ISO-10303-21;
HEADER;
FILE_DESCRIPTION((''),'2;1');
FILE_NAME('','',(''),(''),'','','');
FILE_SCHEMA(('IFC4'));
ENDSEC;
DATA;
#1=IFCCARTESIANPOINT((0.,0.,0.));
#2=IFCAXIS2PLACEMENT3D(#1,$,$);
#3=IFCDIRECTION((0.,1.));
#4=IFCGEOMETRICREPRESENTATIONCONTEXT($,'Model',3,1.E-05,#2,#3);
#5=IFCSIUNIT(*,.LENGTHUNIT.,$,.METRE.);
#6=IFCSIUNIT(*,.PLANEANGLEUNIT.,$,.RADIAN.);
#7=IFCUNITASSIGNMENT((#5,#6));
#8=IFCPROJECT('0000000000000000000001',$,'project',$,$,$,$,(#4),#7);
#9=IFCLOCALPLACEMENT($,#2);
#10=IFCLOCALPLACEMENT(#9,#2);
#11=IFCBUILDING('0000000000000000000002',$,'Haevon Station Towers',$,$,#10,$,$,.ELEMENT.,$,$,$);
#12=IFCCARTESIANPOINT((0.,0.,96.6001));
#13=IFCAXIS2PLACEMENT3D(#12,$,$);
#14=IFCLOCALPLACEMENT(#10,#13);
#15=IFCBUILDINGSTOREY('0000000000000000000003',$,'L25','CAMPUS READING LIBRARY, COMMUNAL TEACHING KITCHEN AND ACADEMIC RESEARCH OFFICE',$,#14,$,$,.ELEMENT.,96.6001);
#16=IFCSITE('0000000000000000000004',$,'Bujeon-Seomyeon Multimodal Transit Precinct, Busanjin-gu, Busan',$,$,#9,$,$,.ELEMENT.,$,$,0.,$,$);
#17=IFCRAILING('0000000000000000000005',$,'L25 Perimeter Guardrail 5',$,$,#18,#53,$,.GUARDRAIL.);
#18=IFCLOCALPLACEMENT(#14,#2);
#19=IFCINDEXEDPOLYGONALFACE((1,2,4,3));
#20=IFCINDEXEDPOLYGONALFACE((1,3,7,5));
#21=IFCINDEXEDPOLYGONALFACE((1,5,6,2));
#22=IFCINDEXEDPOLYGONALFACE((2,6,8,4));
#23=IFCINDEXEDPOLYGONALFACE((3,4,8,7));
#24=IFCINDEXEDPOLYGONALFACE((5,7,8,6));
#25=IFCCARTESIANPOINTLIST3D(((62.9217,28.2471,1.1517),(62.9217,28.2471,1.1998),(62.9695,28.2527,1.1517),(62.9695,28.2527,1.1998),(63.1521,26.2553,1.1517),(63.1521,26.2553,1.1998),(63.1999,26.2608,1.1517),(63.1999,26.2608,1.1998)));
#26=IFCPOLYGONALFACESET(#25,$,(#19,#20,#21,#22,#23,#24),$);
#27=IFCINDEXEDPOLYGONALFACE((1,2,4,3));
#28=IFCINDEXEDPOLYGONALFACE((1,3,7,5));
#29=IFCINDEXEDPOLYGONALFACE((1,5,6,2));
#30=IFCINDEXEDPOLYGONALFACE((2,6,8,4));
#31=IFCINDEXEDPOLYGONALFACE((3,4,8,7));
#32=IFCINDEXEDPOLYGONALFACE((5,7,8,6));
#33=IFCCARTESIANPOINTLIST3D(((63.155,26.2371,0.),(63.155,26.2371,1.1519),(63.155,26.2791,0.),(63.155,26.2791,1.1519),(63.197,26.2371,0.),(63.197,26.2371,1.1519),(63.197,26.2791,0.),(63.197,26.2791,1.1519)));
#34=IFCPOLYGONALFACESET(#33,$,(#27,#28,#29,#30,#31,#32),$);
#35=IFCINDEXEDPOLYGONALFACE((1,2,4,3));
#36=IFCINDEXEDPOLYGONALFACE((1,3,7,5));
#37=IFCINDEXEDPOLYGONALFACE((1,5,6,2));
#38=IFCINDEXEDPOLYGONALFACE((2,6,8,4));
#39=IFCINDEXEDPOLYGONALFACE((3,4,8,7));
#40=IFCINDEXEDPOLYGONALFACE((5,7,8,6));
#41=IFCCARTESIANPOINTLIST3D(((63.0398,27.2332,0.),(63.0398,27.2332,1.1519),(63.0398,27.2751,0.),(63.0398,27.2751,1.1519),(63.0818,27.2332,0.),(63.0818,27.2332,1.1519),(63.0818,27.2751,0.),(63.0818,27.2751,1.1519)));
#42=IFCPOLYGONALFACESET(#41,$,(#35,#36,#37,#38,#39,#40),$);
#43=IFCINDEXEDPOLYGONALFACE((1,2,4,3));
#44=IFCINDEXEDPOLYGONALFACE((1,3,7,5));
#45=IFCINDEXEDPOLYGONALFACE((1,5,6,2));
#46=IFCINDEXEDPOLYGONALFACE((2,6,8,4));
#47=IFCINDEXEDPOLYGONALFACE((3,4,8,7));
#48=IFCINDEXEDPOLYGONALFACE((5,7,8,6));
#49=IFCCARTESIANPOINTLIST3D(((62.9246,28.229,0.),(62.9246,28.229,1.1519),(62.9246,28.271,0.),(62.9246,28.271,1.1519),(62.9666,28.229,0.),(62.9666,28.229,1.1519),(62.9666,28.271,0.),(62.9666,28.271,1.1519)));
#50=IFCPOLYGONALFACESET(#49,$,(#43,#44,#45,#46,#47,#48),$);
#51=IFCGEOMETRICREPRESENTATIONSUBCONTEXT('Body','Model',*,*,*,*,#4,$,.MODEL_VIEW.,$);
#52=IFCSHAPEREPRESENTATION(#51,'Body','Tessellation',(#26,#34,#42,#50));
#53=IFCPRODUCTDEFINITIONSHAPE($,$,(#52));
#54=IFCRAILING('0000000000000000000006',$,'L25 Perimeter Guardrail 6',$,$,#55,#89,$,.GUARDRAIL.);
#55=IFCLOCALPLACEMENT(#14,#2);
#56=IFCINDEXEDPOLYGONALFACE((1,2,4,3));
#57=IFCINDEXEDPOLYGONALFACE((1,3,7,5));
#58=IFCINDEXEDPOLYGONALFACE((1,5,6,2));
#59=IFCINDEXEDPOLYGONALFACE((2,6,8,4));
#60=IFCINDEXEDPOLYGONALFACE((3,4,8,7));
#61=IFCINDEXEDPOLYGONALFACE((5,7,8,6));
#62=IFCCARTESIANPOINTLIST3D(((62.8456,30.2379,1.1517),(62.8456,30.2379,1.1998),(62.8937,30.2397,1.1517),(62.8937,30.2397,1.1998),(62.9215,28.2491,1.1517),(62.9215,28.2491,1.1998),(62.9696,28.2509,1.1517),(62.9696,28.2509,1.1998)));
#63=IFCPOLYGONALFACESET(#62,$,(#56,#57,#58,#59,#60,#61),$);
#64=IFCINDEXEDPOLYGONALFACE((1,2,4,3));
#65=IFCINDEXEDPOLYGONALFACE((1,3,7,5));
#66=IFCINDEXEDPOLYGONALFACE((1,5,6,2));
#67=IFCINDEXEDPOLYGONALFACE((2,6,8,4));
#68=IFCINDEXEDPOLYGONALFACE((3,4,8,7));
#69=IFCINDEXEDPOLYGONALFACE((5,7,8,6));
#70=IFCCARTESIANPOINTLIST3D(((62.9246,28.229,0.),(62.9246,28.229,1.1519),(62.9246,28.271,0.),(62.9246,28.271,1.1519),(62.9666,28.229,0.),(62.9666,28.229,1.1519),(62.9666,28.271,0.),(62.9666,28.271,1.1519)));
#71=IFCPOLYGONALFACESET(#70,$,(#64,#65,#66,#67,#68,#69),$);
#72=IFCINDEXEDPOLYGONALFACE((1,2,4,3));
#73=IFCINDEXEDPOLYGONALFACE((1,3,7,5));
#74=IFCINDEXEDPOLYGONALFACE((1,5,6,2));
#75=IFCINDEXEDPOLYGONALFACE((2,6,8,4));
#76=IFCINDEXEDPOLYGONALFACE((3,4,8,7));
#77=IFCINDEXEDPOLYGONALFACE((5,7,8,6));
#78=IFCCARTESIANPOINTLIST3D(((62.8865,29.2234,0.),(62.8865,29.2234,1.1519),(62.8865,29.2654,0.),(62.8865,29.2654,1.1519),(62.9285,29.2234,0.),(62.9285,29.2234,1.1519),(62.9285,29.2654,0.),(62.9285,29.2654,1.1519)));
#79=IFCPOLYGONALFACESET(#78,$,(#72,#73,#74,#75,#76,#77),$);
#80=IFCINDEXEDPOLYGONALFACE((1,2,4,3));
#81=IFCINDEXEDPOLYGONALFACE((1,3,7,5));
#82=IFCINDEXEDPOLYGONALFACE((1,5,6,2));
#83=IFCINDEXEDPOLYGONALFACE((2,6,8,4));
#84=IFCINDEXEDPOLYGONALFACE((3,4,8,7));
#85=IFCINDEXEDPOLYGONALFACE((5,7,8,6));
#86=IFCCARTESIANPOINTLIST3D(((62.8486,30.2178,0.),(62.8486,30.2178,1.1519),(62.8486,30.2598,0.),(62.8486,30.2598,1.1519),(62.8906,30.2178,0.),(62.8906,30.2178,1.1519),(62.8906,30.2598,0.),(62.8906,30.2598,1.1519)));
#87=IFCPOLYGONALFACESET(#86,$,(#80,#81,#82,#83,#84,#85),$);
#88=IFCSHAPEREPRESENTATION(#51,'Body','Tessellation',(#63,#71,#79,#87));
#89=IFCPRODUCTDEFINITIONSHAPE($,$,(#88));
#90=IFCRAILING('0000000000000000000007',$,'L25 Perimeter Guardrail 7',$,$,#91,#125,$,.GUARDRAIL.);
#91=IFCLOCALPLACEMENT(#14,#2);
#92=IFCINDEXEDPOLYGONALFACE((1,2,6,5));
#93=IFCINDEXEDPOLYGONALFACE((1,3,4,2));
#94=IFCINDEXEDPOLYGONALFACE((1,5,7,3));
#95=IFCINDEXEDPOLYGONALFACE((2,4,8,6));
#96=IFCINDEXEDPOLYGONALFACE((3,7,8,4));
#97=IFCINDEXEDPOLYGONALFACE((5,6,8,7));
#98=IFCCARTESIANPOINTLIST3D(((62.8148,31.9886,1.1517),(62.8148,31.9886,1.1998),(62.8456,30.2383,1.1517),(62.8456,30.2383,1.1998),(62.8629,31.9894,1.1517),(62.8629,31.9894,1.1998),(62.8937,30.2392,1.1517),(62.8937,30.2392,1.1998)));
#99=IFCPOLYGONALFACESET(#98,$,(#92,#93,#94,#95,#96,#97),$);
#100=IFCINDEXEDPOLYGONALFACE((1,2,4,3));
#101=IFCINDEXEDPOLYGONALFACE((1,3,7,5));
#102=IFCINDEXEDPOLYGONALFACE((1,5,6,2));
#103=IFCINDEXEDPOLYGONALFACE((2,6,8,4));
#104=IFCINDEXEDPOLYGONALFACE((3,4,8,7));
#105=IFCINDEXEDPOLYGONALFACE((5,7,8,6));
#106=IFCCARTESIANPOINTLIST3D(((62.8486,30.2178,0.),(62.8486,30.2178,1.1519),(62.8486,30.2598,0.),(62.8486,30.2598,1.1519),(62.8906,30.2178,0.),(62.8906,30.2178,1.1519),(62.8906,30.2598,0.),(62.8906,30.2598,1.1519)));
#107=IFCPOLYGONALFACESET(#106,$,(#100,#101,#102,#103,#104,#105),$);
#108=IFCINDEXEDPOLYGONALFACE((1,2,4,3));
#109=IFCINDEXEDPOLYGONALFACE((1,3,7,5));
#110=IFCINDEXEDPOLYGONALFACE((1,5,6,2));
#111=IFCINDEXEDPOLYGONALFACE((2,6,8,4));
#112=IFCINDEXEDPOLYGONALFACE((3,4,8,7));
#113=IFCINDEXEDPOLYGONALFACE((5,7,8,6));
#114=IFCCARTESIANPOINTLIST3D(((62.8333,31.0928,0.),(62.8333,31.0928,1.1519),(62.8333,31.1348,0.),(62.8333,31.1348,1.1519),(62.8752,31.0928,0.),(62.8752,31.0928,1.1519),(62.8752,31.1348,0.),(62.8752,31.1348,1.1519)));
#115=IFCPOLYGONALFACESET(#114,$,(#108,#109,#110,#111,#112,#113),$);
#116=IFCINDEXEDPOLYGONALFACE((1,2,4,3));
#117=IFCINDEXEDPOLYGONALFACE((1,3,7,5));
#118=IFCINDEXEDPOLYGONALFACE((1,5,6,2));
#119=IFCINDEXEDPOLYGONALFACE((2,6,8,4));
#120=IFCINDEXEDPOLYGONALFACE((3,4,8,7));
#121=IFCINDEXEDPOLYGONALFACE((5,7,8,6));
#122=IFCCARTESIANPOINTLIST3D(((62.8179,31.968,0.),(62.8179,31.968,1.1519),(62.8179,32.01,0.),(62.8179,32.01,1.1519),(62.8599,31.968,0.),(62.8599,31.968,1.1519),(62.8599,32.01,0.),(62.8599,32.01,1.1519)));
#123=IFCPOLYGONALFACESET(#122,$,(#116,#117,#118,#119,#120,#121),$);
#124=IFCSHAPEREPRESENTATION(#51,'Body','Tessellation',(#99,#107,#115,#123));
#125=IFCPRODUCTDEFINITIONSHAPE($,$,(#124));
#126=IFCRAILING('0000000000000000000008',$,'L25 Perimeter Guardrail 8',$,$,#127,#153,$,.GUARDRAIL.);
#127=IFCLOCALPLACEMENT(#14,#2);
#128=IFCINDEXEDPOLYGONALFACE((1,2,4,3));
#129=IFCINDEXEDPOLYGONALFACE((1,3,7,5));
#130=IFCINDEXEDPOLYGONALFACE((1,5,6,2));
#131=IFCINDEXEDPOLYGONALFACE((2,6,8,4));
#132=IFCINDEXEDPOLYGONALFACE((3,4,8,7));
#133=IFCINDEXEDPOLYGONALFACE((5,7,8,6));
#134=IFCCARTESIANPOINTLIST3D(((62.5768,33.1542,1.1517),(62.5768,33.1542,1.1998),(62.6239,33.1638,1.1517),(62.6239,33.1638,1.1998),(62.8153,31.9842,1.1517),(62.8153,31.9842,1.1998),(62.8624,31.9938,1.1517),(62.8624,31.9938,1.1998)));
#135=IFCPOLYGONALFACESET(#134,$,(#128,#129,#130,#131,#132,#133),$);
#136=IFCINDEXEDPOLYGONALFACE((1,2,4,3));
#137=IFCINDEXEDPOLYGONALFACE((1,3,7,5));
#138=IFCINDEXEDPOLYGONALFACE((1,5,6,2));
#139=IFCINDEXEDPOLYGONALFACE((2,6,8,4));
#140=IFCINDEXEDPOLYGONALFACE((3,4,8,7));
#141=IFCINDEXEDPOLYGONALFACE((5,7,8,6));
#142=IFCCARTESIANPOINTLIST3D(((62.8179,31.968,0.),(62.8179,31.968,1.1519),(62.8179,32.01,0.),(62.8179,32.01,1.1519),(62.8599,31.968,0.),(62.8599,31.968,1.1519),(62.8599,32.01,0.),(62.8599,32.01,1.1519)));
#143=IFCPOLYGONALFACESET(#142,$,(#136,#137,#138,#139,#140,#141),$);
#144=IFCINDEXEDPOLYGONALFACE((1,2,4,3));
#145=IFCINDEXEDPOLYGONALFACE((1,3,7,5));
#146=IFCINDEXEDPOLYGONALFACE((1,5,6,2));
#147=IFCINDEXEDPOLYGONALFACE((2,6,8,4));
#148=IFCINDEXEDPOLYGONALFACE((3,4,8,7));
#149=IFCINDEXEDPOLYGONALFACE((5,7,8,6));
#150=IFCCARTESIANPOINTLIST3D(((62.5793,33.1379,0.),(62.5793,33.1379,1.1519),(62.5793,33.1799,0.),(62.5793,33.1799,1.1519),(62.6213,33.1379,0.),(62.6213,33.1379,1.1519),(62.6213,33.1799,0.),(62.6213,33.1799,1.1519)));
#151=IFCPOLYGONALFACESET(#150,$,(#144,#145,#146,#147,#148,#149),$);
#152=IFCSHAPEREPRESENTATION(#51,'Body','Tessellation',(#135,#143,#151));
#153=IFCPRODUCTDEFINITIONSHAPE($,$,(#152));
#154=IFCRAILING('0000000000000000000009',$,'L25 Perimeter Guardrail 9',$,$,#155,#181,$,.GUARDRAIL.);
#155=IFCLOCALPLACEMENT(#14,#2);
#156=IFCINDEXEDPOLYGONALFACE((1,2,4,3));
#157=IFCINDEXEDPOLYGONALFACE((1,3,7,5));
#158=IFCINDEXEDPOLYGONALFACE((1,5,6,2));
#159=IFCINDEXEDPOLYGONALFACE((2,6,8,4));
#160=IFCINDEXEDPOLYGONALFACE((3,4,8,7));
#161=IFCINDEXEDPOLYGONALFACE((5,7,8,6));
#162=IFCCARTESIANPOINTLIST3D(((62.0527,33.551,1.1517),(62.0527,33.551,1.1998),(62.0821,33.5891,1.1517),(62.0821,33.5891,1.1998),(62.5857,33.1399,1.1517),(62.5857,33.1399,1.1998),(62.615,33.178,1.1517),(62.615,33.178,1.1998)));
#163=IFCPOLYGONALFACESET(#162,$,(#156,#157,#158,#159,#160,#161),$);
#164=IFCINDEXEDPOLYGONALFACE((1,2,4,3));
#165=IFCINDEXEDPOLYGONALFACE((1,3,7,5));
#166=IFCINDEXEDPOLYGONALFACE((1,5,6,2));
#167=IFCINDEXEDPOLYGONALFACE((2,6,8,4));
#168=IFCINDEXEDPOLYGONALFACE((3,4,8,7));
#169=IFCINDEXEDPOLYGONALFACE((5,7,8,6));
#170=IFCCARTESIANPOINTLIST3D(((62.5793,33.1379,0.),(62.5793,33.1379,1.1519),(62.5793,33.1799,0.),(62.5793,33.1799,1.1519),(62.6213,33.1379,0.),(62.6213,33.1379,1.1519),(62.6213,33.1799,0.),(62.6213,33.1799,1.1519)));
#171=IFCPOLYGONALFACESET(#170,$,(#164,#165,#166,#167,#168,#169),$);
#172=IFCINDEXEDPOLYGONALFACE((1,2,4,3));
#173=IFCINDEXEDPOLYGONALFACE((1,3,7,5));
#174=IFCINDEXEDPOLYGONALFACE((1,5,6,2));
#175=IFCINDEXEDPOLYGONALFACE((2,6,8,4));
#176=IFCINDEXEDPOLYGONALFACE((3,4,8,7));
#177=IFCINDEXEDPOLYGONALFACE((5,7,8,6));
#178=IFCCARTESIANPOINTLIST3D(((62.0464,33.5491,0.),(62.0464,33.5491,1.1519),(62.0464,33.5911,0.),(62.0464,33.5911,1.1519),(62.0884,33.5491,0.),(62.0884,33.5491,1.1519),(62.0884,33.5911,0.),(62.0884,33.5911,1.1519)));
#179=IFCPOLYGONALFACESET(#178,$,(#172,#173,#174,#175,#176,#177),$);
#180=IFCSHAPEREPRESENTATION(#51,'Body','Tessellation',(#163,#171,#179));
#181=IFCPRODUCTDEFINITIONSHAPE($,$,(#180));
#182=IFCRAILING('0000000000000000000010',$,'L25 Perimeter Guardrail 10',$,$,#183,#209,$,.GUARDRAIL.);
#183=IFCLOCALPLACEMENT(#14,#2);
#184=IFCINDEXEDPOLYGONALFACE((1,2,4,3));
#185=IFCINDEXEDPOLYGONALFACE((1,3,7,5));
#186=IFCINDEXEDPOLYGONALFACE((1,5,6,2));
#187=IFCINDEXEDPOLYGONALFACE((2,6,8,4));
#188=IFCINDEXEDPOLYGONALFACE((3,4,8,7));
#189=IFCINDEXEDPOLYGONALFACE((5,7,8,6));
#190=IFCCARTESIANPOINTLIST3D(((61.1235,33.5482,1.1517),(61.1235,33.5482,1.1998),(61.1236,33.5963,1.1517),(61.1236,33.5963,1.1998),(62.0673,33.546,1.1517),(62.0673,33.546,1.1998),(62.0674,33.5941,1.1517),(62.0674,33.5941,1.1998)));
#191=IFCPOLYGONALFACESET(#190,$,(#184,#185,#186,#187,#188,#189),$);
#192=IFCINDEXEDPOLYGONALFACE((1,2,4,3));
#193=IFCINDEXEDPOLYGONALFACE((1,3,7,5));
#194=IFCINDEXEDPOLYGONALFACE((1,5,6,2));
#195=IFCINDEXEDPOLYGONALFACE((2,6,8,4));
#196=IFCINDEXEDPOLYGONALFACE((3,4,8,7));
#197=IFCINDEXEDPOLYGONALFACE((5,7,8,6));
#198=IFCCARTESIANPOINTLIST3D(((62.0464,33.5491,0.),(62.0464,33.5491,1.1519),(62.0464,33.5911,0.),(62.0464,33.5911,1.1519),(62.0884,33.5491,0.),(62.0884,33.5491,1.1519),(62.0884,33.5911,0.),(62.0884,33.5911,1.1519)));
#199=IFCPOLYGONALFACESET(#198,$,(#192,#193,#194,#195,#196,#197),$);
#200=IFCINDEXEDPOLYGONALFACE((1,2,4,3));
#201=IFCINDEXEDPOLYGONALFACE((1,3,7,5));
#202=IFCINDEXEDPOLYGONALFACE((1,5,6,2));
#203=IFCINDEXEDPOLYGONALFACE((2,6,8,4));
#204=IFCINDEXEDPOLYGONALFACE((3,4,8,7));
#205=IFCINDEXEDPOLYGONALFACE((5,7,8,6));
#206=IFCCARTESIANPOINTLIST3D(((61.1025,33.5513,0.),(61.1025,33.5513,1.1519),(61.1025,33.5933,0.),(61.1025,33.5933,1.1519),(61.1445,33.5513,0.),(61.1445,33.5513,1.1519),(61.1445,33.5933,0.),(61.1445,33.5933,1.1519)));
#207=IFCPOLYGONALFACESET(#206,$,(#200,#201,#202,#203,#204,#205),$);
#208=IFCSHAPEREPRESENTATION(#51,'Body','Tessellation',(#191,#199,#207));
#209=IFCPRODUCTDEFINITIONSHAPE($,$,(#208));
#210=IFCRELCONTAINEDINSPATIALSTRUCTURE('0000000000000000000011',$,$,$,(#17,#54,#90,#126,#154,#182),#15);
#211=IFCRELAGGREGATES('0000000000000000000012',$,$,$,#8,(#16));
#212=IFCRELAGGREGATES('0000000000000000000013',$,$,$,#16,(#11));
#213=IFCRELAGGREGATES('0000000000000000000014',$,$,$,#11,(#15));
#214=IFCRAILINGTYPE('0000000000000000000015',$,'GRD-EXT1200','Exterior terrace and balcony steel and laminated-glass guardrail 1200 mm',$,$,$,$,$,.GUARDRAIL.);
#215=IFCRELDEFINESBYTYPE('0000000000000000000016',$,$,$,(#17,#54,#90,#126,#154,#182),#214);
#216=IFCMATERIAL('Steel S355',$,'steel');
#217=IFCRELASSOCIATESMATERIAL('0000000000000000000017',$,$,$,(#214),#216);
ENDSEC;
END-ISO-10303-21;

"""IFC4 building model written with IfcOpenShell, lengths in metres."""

from ifc_helpers import new_model, si_unit, direction, frame, origin, origin_2d, place, context, subcontext, project, spatial, rectangle, extrude, material, type_object, element, save


model = new_model("IFC4")

# Units and contexts
model_context = context("Model", 3, precision=1e-05, world=origin(), true_north=direction((0.0, 1.0)))
body_context = subcontext(model_context, "Body", "Model", "MODEL_VIEW")
ifc_project = project(units=[si_unit("LENGTHUNIT", "METRE"), si_unit("PLANEANGLEUNIT", "RADIAN")], contexts=[model_context])

# Site, building, storey
site_placement = place(None, origin())
site = spatial("IfcSite", under=ifc_project, at=site_placement, Name="Bujeon-Seomyeon Multimodal Transit Precinct, Busanjin-gu, Busan", CompositionType="ELEMENT", RefElevation=0.0)
building_placement = place(site_placement, origin())
building = spatial("IfcBuilding", under=site, at=building_placement, Name="Haevon Station Towers", CompositionType="ELEMENT")
storey_placement = place(building_placement, frame((0.0, 0.0, 96.6001)))
storey = spatial("IfcBuildingStorey", under=building, at=storey_placement, Name="L25", Description="CAMPUS READING LIBRARY, COMMUNAL TEACHING KITCHEN AND ACADEMIC RESEARCH OFFICE", CompositionType="ELEMENT", Elevation=96.6001)

# Shared definitions
ifc_material_1 = material(Name="Steel S355", Category="steel")

# Railings
railing_type = type_object("IfcRailingType", Name="GRD-EXT1200", Description="Exterior terrace and balcony steel and laminated-glass guardrail 1200 mm", PredefinedType="GUARDRAIL", material=ifc_material_1)
railing_1_placement = place(storey_placement, frame((63.176, 26.2581, 0.0)))
element("IfcRailing", 1, at=railing_1_placement, inside=storey, type_object=railing_type, Name="L25 Perimeter Guardrail 5", PredefinedType="GUARDRAIL", context=body_context, shape_type="SweptSolid", body=[
    extrude(rectangle(XDim=0.0481, YDim=0.0481, at=origin_2d()), frame((0.0, 0.0, 1.1758), z_axis=(-0.114934, 0.993373, 0.0), x_axis=(-0.993373, -0.114934, 0.0)), (0.0, 0.0, 1.0), 2.0051),
    extrude(rectangle(XDim=0.042, YDim=0.042, at=origin_2d()), origin(), (0.0, 0.0, 1.0), 1.1519),
    extrude(rectangle(XDim=0.042, YDim=0.042, at=origin_2d()), frame((-0.1152, 0.9961, 0.0)), (0.0, 0.0, 1.0), 1.1519),
    extrude(rectangle(XDim=0.042, YDim=0.042, at=origin_2d()), frame((-0.2305, 1.9919, 0.0)), (0.0, 0.0, 1.0), 1.1519),
])
railing_2_placement = place(storey_placement, frame((62.9456, 28.25, 0.0)))
element("IfcRailing", 2, at=railing_2_placement, inside=storey, type_object=railing_type, Name="L25 Perimeter Guardrail 6", PredefinedType="GUARDRAIL", context=body_context, shape_type="SweptSolid", body=[
    extrude(rectangle(XDim=0.0481, YDim=0.0481, at=origin_2d()), frame((0.0, 0.0, 1.1758), z_axis=(-0.03815, 0.999272, 0.0), x_axis=(-0.999272, -0.03815, 0.0)), (0.0, 0.0, 1.0), 1.9902),
    extrude(rectangle(XDim=0.042, YDim=0.042, at=origin_2d()), origin(), (0.0, 0.0, 1.0), 1.1519),
    extrude(rectangle(XDim=0.042, YDim=0.042, at=origin_2d()), frame((-0.0381, 0.9944, 0.0)), (0.0, 0.0, 1.0), 1.1519),
    extrude(rectangle(XDim=0.042, YDim=0.042, at=origin_2d()), frame((-0.0759, 1.9888, 0.0)), (0.0, 0.0, 1.0), 1.1519),
])
railing_3_placement = place(storey_placement, frame((62.8696, 30.2388, 0.0)))
element("IfcRailing", 3, at=railing_3_placement, inside=storey, type_object=railing_type, Name="L25 Perimeter Guardrail 7", PredefinedType="GUARDRAIL", context=body_context, shape_type="SweptSolid", body=[
    extrude(rectangle(XDim=0.0481, YDim=0.0481, at=origin_2d()), frame((0.0, 0.0, 1.1758), z_axis=(-0.017573, 0.999846, 0.0), x_axis=(-0.999846, -0.017573, 0.0)), (0.0, 0.0, 1.0), 1.7505),
    extrude(rectangle(XDim=0.042, YDim=0.042, at=origin_2d()), origin(), (0.0, 0.0, 1.0), 1.1519),
    extrude(rectangle(XDim=0.042, YDim=0.042, at=origin_2d()), frame((-0.0154, 0.875, 0.0)), (0.0, 0.0, 1.0), 1.1519),
    extrude(rectangle(XDim=0.042, YDim=0.042, at=origin_2d()), frame((-0.0308, 1.7502, 0.0)), (0.0, 0.0, 1.0), 1.1519),
])
railing_4_placement = place(storey_placement, frame((62.8389, 31.989, 0.0)))
element("IfcRailing", 4, at=railing_4_placement, inside=storey, type_object=railing_type, Name="L25 Perimeter Guardrail 8", PredefinedType="GUARDRAIL", context=body_context, shape_type="SweptSolid", body=[
    extrude(rectangle(XDim=0.0481, YDim=0.0481, at=origin_2d()), frame((0.0, 0.0, 1.1758), z_axis=(-0.199772, 0.979842, 0.0), x_axis=(-0.979842, -0.199772, 0.0)), (0.0, 0.0, 1.0), 1.1941),
    extrude(rectangle(XDim=0.042, YDim=0.042, at=origin_2d()), origin(), (0.0, 0.0, 1.0), 1.1519),
    extrude(rectangle(XDim=0.042, YDim=0.042, at=origin_2d()), frame((-0.2385, 1.1699, 0.0)), (0.0, 0.0, 1.0), 1.1519),
])
railing_5_placement = place(storey_placement, frame((62.6003, 33.1589, 0.0)))
element("IfcRailing", 5, at=railing_5_placement, inside=storey, type_object=railing_type, Name="L25 Perimeter Guardrail 9", PredefinedType="GUARDRAIL", context=body_context, shape_type="SweptSolid", body=[
    extrude(rectangle(XDim=0.0481, YDim=0.0481, at=origin_2d()), frame((0.0, 0.0, 1.1758), z_axis=(-0.791787, 0.610797, 0.0), x_axis=(-0.610797, -0.791787, 0.0)), (0.0, 0.0, 1.0), 0.6731),
    extrude(rectangle(XDim=0.042, YDim=0.042, at=origin_2d()), origin(), (0.0, 0.0, 1.0), 1.1519),
    extrude(rectangle(XDim=0.042, YDim=0.042, at=origin_2d()), frame((-0.533, 0.4111, 0.0)), (0.0, 0.0, 1.0), 1.1519),
])
railing_6_placement = place(storey_placement, frame((62.0674, 33.5701, 0.0)))
element("IfcRailing", 6, at=railing_6_placement, inside=storey, type_object=railing_type, Name="L25 Perimeter Guardrail 10", PredefinedType="GUARDRAIL", context=body_context, shape_type="SweptSolid", body=[
    extrude(rectangle(XDim=0.0481, YDim=0.0481, at=origin_2d()), frame((0.0, 0.0, 1.1758), z_axis=(-0.999997, 0.002328, 0.0), x_axis=(-0.002328, -0.999997, 0.0)), (0.0, 0.0, 1.0), 0.9438),
    extrude(rectangle(XDim=0.042, YDim=0.042, at=origin_2d()), origin(), (0.0, 0.0, 1.0), 1.1519),
    extrude(rectangle(XDim=0.042, YDim=0.042, at=origin_2d()), frame((-0.9438, 0.0022, 0.0)), (0.0, 0.0, 1.0), 1.1519),
])

save(model, "model.ifc")
